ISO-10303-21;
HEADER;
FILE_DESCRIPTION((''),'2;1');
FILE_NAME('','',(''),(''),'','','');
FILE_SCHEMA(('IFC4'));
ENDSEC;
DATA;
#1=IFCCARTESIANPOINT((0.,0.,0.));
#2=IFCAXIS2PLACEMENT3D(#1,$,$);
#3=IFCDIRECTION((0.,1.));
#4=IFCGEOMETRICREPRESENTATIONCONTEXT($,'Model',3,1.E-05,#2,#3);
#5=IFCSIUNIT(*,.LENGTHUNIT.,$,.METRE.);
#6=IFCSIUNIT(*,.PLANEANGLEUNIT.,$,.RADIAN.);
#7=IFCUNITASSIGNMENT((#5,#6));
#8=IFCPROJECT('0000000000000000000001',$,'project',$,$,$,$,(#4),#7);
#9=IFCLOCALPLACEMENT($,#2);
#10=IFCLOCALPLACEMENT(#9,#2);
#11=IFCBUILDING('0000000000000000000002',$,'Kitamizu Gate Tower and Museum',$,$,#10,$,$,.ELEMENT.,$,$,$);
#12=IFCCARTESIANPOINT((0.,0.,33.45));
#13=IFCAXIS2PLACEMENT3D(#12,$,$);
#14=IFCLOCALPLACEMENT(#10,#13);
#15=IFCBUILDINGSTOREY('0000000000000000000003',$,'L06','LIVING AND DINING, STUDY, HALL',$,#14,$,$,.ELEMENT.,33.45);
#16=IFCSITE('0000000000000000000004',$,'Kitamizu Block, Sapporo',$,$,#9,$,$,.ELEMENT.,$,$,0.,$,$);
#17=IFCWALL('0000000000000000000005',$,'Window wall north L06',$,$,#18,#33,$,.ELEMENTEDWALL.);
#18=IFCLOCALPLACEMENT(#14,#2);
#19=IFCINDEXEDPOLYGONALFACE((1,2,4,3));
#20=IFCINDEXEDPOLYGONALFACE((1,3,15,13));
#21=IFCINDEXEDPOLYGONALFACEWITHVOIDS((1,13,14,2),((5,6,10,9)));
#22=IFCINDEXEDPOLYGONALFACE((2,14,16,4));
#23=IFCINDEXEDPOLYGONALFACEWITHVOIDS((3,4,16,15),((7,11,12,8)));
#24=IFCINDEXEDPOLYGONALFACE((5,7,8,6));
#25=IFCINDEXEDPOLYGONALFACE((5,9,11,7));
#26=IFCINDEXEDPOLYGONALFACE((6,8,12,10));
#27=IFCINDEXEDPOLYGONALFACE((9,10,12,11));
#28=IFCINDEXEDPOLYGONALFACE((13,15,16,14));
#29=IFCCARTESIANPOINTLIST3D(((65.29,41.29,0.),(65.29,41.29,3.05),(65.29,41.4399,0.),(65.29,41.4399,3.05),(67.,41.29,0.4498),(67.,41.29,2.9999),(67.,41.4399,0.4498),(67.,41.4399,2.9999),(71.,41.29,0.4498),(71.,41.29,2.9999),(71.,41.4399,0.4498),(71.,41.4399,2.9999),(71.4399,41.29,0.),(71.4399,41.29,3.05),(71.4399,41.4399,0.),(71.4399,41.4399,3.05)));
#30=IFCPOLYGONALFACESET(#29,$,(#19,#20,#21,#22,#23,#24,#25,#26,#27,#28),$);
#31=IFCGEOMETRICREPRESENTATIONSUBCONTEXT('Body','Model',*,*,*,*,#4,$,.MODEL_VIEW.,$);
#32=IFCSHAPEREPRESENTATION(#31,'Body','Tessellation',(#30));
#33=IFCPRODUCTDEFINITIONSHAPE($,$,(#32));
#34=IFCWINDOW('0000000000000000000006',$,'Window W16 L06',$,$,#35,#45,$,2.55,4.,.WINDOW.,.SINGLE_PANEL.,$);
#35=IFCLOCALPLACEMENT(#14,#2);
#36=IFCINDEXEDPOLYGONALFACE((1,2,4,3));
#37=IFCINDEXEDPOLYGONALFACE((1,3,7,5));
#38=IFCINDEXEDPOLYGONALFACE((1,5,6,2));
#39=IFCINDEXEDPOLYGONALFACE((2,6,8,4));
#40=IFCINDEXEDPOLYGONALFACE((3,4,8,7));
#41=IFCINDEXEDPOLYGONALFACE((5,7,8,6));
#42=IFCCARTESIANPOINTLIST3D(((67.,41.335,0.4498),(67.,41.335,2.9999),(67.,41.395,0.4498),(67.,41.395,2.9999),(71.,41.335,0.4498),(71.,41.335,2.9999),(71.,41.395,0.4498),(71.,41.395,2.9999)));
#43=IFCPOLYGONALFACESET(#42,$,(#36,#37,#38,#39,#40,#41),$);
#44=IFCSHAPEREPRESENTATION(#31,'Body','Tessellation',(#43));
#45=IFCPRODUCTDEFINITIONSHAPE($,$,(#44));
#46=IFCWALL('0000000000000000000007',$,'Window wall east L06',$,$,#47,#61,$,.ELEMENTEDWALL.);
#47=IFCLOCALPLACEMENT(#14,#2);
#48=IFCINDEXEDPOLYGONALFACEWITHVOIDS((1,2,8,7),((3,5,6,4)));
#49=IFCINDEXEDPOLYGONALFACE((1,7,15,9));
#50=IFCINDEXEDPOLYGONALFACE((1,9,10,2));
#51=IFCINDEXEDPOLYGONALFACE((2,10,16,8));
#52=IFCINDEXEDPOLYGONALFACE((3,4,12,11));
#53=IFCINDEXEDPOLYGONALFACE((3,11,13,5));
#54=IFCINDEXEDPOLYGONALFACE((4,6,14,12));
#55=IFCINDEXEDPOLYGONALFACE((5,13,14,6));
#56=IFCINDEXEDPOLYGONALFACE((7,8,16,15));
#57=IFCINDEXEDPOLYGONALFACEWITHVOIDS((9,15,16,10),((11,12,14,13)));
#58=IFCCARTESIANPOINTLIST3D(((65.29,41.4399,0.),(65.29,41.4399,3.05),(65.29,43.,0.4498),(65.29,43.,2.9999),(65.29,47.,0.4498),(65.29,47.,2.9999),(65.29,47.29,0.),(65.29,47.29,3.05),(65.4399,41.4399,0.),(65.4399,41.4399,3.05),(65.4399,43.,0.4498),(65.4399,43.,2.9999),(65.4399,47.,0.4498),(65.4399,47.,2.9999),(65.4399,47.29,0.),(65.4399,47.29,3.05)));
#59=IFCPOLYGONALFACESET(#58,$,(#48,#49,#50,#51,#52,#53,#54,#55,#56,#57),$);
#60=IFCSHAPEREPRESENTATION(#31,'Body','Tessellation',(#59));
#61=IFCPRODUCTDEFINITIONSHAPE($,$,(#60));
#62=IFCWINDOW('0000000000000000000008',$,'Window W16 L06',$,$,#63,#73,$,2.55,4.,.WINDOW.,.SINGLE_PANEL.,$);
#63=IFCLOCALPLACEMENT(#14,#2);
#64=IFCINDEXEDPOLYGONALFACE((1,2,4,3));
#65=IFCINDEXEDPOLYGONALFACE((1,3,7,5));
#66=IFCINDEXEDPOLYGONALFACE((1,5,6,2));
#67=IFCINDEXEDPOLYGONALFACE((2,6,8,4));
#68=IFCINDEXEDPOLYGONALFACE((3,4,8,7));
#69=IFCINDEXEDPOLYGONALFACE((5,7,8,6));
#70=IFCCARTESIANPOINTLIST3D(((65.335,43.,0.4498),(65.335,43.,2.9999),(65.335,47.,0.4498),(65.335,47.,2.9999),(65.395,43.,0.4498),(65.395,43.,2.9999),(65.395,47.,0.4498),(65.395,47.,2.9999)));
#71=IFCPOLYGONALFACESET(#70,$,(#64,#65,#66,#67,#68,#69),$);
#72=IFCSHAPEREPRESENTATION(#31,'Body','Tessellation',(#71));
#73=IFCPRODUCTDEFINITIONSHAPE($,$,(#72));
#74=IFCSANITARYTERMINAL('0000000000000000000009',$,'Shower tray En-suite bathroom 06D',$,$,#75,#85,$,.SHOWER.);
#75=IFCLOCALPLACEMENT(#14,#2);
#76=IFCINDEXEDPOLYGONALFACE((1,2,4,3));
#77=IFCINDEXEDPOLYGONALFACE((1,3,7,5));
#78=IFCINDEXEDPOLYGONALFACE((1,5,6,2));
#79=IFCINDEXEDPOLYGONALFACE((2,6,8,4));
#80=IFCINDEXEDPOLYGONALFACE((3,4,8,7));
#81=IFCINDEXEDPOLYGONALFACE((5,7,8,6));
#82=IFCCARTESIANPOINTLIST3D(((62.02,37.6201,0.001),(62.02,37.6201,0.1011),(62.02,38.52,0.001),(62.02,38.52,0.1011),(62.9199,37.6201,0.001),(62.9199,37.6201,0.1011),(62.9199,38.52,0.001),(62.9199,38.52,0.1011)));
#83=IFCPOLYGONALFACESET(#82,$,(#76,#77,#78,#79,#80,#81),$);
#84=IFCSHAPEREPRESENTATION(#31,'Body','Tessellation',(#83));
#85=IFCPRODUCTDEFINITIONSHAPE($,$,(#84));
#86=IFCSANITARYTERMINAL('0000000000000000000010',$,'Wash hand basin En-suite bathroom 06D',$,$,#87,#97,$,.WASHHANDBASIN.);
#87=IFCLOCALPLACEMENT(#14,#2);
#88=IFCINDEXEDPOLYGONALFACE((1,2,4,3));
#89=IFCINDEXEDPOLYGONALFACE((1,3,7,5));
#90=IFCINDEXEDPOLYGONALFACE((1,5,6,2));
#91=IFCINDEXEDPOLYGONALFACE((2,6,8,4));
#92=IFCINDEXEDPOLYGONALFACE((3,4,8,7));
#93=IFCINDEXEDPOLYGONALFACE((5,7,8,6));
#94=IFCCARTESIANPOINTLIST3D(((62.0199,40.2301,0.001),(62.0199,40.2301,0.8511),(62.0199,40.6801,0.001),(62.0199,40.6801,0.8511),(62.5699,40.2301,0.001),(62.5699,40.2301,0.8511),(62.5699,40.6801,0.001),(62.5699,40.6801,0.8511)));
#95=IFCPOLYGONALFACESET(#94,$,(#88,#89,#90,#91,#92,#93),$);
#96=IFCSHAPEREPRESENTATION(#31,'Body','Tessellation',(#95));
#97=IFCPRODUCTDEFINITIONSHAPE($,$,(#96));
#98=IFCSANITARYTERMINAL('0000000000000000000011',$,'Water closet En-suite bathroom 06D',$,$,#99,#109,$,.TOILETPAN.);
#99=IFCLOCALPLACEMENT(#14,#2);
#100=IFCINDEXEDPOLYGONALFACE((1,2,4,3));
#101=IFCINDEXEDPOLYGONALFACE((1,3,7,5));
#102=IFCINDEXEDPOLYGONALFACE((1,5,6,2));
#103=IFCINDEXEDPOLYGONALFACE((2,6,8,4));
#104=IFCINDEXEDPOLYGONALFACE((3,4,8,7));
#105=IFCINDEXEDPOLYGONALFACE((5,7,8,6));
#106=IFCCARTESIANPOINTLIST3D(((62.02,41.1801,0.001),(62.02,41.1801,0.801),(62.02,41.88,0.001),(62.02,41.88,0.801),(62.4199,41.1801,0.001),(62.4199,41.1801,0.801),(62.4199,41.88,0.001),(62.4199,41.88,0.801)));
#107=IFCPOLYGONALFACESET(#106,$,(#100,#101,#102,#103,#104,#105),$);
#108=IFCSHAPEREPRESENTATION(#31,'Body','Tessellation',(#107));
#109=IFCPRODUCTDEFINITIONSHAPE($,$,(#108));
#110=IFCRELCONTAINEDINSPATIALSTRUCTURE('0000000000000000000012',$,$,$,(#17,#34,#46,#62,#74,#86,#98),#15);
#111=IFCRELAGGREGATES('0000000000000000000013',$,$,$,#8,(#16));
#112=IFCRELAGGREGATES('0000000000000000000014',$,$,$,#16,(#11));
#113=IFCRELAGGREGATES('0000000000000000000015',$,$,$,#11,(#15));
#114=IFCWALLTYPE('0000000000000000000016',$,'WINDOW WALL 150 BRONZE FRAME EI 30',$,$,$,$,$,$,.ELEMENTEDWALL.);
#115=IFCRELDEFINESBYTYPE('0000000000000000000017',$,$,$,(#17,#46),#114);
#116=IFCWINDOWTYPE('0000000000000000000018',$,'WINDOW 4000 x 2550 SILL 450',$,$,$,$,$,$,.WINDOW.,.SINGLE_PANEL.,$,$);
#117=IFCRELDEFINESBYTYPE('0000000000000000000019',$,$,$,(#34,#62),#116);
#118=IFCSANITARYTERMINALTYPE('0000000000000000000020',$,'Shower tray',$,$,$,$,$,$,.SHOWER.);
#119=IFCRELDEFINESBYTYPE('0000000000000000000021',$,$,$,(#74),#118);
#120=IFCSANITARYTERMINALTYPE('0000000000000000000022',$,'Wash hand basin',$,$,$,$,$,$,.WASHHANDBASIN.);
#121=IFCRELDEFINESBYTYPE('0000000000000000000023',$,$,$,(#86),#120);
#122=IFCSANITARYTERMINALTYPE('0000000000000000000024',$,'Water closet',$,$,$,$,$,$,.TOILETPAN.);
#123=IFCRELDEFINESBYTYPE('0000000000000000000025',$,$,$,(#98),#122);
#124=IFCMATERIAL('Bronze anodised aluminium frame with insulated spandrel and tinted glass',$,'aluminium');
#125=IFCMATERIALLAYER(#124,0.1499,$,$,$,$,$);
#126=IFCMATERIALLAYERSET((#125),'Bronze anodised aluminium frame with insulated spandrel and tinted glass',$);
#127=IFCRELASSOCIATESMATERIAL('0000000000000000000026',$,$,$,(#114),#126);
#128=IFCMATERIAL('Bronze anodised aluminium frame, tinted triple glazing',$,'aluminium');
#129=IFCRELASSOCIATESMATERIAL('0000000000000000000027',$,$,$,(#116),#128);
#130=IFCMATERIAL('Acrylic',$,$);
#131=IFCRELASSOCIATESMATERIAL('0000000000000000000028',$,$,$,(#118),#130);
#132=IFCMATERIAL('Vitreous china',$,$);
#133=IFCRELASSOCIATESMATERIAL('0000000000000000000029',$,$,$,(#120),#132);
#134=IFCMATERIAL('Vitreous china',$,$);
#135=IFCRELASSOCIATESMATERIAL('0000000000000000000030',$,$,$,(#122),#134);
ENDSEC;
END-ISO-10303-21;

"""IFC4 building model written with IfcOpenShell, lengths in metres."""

from ifc_helpers import new_model, si_unit, direction, frame, frame_2d, origin, origin_2d, place, context, subcontext, project, spatial, rectangle, extrude, material, layer, layer_set, type_object, element, fill, save


model = new_model("IFC4")

# Units and contexts
model_context = context("Model", 3, precision=1e-05, world=origin(), true_north=direction((0.0, 1.0)))
body_context = subcontext(model_context, "Body", "Model", "MODEL_VIEW")
ifc_project = project(units=[si_unit("LENGTHUNIT", "METRE"), si_unit("PLANEANGLEUNIT", "RADIAN")], contexts=[model_context])

# Site, building, storey
site_placement = place(None, origin())
site = spatial("IfcSite", under=ifc_project, at=site_placement, Name="Kitamizu Block, Sapporo", CompositionType="ELEMENT", RefElevation=0.0)
building_placement = place(site_placement, origin())
building = spatial("IfcBuilding", under=site, at=building_placement, Name="Kitamizu Gate Tower and Museum", CompositionType="ELEMENT")
storey_placement = place(building_placement, frame((0.0, 0.0, 33.45)))
storey = spatial("IfcBuildingStorey", under=building, at=storey_placement, Name="L06", Description="LIVING AND DINING, STUDY, HALL", CompositionType="ELEMENT", Elevation=33.45)

# Walls, openings, windows
ifc_material_1 = material(Name="Bronze anodised aluminium frame with insulated spandrel and tinted glass", Category="aluminium")
ifc_layer_1 = layer(ifc_material_1, 0.1499)
ifc_layer_set_1 = layer_set([ifc_layer_1], Name="Bronze anodised aluminium frame with insulated spandrel and tinted glass")
wall_type_1 = type_object("IfcWallType", Name="WINDOW WALL 150 BRONZE FRAME EI 30", PredefinedType="ELEMENTEDWALL", material=ifc_layer_set_1)
wall_1_placement = place(storey_placement, frame((65.29, 41.365, 0.0), z_axis=(0.0, 0.0, 1.0), x_axis=(1.0, 0.0, 0.0)))
wall_1 = element("IfcWall", 1, at=wall_1_placement, inside=storey, type_object=wall_type_1, Name="Window wall north L06", PredefinedType="ELEMENTEDWALL", context=body_context, shape_type="SweptSolid", body=[
    extrude(rectangle(XDim=6.1499, YDim=0.1499, at=frame_2d((3.075, 0.0))), origin(), (0.0, 0.0, 1.0), 3.05),
])
opening_1_placement = place(wall_1_placement, frame((1.71, 0.0, 0.45)))
opening_1 = element("IfcOpeningElement", 2, at=opening_1_placement, cuts=wall_1, PredefinedType="OPENING", context=body_context, shape_type="SweptSolid", body=[
    extrude(rectangle(XDim=4.0, YDim=2.55, at=frame_2d((2.0, 1.2749))), frame((0.0, 0.085, 0.0), z_axis=(0.0, -1.0, 0.0), x_axis=(1.0, 0.0, 0.0)), (0.0, 0.0, 1.0), 0.1699),
])
ifc_material_2 = material(Name="Bronze anodised aluminium frame, tinted triple glazing", Category="aluminium")
window_type = type_object("IfcWindowType", Name="WINDOW 4000 x 2550 SILL 450", PartitioningType="SINGLE_PANEL", PredefinedType="WINDOW", material=ifc_material_2)
window_1_placement = place(opening_1_placement, origin())
window_1 = element("IfcWindow", 3, at=window_1_placement, inside=storey, type_object=window_type, Name="Window W16 L06", OverallHeight=2.55, OverallWidth=4.0, PartitioningType="SINGLE_PANEL", PredefinedType="WINDOW", context=body_context, shape_type="SweptSolid", body=[
    extrude(rectangle(XDim=4.0, YDim=2.55, at=frame_2d((2.0, 1.2749))), frame((0.0, 0.03, 0.0), z_axis=(0.0, -1.0, 0.0), x_axis=(1.0, 0.0, 0.0)), (0.0, 0.0, 1.0), 0.0601),
])
fill(opening_1, window_1)
wall_2_placement = place(storey_placement, frame((65.365, 41.4399, 0.0), z_axis=(0.0, 0.0, 1.0), x_axis=(0.0, 1.0, 0.0)))
wall_2 = element("IfcWall", 4, at=wall_2_placement, inside=storey, type_object=wall_type_1, Name="Window wall east L06", PredefinedType="ELEMENTEDWALL", context=body_context, shape_type="SweptSolid", body=[
    extrude(rectangle(XDim=5.8501, YDim=0.1499, at=frame_2d((2.925, 0.0))), origin(), (0.0, 0.0, 1.0), 3.05),
])
opening_2_placement = place(wall_2_placement, frame((1.5601, 0.0, 0.45)))
opening_2 = element("IfcOpeningElement", 5, at=opening_2_placement, cuts=wall_2, PredefinedType="OPENING", context=body_context, shape_type="SweptSolid", body=[
    extrude(rectangle(XDim=4.0, YDim=2.55, at=frame_2d((2.0, 1.2749))), frame((0.0, 0.085, 0.0), z_axis=(0.0, -1.0, 0.0), x_axis=(1.0, 0.0, 0.0)), (0.0, 0.0, 1.0), 0.1699),
])
window_2_placement = place(opening_2_placement, origin())
window_2 = element("IfcWindow", 6, at=window_2_placement, inside=storey, type_object=window_type, Name="Window W16 L06", OverallHeight=2.55, OverallWidth=4.0, PartitioningType="SINGLE_PANEL", PredefinedType="WINDOW", context=body_context, shape_type="SweptSolid", body=[
    extrude(rectangle(XDim=4.0, YDim=2.55, at=frame_2d((2.0, 1.2749))), frame((0.0, 0.03, 0.0), z_axis=(0.0, -1.0, 0.0), x_axis=(1.0, 0.0, 0.0)), (0.0, 0.0, 1.0), 0.0601),
])
fill(opening_2, window_2)

# Sanitary terminals
ifc_material_3 = material(Name="Acrylic")
sanitary_terminal_type_1 = type_object("IfcSanitaryTerminalType", Name="Shower tray", PredefinedType="SHOWER", material=ifc_material_3)
sanitary_terminal_1_placement = place(storey_placement, frame((62.47, 38.0701, 0.001), z_axis=(0.0, 0.0, 1.0), x_axis=(1.0, 0.0, 0.0)))
element("IfcSanitaryTerminal", 7, at=sanitary_terminal_1_placement, inside=storey, type_object=sanitary_terminal_type_1, Name="Shower tray En-suite bathroom 06D", PredefinedType="SHOWER", context=body_context, shape_type="SweptSolid", body=[
    extrude(rectangle(XDim=0.8999, YDim=0.8999, at=origin_2d()), origin(), (0.0, 0.0, 1.0), 0.1001),
])
ifc_material_4 = material(Name="Vitreous china")
sanitary_terminal_type_2 = type_object("IfcSanitaryTerminalType", Name="Wash hand basin", PredefinedType="WASHHANDBASIN", material=ifc_material_4)
sanitary_terminal_2_placement = place(storey_placement, frame((62.2949, 40.4551, 0.001), z_axis=(0.0, 0.0, 1.0), x_axis=(1.0, 0.0, 0.0)))
element("IfcSanitaryTerminal", 8, at=sanitary_terminal_2_placement, inside=storey, type_object=sanitary_terminal_type_2, Name="Wash hand basin En-suite bathroom 06D", PredefinedType="WASHHANDBASIN", context=body_context, shape_type="SweptSolid", body=[
    extrude(rectangle(XDim=0.55, YDim=0.45, at=origin_2d()), origin(), (0.0, 0.0, 1.0), 0.8501),
])
ifc_material_5 = material(Name="Vitreous china")
sanitary_terminal_type_3 = type_object("IfcSanitaryTerminalType", Name="Water closet", PredefinedType="TOILETPAN", material=ifc_material_5)
sanitary_terminal_3_placement = place(storey_placement, frame((62.22, 41.53, 0.001), z_axis=(0.0, 0.0, 1.0), x_axis=(1.0, 0.0, 0.0)))
element("IfcSanitaryTerminal", 9, at=sanitary_terminal_3_placement, inside=storey, type_object=sanitary_terminal_type_3, Name="Water closet En-suite bathroom 06D", PredefinedType="TOILETPAN", context=body_context, shape_type="SweptSolid", body=[
    extrude(rectangle(XDim=0.3999, YDim=0.7, at=origin_2d()), origin(), (0.0, 0.0, 1.0), 0.8),
])

save(model, "model.ifc")
